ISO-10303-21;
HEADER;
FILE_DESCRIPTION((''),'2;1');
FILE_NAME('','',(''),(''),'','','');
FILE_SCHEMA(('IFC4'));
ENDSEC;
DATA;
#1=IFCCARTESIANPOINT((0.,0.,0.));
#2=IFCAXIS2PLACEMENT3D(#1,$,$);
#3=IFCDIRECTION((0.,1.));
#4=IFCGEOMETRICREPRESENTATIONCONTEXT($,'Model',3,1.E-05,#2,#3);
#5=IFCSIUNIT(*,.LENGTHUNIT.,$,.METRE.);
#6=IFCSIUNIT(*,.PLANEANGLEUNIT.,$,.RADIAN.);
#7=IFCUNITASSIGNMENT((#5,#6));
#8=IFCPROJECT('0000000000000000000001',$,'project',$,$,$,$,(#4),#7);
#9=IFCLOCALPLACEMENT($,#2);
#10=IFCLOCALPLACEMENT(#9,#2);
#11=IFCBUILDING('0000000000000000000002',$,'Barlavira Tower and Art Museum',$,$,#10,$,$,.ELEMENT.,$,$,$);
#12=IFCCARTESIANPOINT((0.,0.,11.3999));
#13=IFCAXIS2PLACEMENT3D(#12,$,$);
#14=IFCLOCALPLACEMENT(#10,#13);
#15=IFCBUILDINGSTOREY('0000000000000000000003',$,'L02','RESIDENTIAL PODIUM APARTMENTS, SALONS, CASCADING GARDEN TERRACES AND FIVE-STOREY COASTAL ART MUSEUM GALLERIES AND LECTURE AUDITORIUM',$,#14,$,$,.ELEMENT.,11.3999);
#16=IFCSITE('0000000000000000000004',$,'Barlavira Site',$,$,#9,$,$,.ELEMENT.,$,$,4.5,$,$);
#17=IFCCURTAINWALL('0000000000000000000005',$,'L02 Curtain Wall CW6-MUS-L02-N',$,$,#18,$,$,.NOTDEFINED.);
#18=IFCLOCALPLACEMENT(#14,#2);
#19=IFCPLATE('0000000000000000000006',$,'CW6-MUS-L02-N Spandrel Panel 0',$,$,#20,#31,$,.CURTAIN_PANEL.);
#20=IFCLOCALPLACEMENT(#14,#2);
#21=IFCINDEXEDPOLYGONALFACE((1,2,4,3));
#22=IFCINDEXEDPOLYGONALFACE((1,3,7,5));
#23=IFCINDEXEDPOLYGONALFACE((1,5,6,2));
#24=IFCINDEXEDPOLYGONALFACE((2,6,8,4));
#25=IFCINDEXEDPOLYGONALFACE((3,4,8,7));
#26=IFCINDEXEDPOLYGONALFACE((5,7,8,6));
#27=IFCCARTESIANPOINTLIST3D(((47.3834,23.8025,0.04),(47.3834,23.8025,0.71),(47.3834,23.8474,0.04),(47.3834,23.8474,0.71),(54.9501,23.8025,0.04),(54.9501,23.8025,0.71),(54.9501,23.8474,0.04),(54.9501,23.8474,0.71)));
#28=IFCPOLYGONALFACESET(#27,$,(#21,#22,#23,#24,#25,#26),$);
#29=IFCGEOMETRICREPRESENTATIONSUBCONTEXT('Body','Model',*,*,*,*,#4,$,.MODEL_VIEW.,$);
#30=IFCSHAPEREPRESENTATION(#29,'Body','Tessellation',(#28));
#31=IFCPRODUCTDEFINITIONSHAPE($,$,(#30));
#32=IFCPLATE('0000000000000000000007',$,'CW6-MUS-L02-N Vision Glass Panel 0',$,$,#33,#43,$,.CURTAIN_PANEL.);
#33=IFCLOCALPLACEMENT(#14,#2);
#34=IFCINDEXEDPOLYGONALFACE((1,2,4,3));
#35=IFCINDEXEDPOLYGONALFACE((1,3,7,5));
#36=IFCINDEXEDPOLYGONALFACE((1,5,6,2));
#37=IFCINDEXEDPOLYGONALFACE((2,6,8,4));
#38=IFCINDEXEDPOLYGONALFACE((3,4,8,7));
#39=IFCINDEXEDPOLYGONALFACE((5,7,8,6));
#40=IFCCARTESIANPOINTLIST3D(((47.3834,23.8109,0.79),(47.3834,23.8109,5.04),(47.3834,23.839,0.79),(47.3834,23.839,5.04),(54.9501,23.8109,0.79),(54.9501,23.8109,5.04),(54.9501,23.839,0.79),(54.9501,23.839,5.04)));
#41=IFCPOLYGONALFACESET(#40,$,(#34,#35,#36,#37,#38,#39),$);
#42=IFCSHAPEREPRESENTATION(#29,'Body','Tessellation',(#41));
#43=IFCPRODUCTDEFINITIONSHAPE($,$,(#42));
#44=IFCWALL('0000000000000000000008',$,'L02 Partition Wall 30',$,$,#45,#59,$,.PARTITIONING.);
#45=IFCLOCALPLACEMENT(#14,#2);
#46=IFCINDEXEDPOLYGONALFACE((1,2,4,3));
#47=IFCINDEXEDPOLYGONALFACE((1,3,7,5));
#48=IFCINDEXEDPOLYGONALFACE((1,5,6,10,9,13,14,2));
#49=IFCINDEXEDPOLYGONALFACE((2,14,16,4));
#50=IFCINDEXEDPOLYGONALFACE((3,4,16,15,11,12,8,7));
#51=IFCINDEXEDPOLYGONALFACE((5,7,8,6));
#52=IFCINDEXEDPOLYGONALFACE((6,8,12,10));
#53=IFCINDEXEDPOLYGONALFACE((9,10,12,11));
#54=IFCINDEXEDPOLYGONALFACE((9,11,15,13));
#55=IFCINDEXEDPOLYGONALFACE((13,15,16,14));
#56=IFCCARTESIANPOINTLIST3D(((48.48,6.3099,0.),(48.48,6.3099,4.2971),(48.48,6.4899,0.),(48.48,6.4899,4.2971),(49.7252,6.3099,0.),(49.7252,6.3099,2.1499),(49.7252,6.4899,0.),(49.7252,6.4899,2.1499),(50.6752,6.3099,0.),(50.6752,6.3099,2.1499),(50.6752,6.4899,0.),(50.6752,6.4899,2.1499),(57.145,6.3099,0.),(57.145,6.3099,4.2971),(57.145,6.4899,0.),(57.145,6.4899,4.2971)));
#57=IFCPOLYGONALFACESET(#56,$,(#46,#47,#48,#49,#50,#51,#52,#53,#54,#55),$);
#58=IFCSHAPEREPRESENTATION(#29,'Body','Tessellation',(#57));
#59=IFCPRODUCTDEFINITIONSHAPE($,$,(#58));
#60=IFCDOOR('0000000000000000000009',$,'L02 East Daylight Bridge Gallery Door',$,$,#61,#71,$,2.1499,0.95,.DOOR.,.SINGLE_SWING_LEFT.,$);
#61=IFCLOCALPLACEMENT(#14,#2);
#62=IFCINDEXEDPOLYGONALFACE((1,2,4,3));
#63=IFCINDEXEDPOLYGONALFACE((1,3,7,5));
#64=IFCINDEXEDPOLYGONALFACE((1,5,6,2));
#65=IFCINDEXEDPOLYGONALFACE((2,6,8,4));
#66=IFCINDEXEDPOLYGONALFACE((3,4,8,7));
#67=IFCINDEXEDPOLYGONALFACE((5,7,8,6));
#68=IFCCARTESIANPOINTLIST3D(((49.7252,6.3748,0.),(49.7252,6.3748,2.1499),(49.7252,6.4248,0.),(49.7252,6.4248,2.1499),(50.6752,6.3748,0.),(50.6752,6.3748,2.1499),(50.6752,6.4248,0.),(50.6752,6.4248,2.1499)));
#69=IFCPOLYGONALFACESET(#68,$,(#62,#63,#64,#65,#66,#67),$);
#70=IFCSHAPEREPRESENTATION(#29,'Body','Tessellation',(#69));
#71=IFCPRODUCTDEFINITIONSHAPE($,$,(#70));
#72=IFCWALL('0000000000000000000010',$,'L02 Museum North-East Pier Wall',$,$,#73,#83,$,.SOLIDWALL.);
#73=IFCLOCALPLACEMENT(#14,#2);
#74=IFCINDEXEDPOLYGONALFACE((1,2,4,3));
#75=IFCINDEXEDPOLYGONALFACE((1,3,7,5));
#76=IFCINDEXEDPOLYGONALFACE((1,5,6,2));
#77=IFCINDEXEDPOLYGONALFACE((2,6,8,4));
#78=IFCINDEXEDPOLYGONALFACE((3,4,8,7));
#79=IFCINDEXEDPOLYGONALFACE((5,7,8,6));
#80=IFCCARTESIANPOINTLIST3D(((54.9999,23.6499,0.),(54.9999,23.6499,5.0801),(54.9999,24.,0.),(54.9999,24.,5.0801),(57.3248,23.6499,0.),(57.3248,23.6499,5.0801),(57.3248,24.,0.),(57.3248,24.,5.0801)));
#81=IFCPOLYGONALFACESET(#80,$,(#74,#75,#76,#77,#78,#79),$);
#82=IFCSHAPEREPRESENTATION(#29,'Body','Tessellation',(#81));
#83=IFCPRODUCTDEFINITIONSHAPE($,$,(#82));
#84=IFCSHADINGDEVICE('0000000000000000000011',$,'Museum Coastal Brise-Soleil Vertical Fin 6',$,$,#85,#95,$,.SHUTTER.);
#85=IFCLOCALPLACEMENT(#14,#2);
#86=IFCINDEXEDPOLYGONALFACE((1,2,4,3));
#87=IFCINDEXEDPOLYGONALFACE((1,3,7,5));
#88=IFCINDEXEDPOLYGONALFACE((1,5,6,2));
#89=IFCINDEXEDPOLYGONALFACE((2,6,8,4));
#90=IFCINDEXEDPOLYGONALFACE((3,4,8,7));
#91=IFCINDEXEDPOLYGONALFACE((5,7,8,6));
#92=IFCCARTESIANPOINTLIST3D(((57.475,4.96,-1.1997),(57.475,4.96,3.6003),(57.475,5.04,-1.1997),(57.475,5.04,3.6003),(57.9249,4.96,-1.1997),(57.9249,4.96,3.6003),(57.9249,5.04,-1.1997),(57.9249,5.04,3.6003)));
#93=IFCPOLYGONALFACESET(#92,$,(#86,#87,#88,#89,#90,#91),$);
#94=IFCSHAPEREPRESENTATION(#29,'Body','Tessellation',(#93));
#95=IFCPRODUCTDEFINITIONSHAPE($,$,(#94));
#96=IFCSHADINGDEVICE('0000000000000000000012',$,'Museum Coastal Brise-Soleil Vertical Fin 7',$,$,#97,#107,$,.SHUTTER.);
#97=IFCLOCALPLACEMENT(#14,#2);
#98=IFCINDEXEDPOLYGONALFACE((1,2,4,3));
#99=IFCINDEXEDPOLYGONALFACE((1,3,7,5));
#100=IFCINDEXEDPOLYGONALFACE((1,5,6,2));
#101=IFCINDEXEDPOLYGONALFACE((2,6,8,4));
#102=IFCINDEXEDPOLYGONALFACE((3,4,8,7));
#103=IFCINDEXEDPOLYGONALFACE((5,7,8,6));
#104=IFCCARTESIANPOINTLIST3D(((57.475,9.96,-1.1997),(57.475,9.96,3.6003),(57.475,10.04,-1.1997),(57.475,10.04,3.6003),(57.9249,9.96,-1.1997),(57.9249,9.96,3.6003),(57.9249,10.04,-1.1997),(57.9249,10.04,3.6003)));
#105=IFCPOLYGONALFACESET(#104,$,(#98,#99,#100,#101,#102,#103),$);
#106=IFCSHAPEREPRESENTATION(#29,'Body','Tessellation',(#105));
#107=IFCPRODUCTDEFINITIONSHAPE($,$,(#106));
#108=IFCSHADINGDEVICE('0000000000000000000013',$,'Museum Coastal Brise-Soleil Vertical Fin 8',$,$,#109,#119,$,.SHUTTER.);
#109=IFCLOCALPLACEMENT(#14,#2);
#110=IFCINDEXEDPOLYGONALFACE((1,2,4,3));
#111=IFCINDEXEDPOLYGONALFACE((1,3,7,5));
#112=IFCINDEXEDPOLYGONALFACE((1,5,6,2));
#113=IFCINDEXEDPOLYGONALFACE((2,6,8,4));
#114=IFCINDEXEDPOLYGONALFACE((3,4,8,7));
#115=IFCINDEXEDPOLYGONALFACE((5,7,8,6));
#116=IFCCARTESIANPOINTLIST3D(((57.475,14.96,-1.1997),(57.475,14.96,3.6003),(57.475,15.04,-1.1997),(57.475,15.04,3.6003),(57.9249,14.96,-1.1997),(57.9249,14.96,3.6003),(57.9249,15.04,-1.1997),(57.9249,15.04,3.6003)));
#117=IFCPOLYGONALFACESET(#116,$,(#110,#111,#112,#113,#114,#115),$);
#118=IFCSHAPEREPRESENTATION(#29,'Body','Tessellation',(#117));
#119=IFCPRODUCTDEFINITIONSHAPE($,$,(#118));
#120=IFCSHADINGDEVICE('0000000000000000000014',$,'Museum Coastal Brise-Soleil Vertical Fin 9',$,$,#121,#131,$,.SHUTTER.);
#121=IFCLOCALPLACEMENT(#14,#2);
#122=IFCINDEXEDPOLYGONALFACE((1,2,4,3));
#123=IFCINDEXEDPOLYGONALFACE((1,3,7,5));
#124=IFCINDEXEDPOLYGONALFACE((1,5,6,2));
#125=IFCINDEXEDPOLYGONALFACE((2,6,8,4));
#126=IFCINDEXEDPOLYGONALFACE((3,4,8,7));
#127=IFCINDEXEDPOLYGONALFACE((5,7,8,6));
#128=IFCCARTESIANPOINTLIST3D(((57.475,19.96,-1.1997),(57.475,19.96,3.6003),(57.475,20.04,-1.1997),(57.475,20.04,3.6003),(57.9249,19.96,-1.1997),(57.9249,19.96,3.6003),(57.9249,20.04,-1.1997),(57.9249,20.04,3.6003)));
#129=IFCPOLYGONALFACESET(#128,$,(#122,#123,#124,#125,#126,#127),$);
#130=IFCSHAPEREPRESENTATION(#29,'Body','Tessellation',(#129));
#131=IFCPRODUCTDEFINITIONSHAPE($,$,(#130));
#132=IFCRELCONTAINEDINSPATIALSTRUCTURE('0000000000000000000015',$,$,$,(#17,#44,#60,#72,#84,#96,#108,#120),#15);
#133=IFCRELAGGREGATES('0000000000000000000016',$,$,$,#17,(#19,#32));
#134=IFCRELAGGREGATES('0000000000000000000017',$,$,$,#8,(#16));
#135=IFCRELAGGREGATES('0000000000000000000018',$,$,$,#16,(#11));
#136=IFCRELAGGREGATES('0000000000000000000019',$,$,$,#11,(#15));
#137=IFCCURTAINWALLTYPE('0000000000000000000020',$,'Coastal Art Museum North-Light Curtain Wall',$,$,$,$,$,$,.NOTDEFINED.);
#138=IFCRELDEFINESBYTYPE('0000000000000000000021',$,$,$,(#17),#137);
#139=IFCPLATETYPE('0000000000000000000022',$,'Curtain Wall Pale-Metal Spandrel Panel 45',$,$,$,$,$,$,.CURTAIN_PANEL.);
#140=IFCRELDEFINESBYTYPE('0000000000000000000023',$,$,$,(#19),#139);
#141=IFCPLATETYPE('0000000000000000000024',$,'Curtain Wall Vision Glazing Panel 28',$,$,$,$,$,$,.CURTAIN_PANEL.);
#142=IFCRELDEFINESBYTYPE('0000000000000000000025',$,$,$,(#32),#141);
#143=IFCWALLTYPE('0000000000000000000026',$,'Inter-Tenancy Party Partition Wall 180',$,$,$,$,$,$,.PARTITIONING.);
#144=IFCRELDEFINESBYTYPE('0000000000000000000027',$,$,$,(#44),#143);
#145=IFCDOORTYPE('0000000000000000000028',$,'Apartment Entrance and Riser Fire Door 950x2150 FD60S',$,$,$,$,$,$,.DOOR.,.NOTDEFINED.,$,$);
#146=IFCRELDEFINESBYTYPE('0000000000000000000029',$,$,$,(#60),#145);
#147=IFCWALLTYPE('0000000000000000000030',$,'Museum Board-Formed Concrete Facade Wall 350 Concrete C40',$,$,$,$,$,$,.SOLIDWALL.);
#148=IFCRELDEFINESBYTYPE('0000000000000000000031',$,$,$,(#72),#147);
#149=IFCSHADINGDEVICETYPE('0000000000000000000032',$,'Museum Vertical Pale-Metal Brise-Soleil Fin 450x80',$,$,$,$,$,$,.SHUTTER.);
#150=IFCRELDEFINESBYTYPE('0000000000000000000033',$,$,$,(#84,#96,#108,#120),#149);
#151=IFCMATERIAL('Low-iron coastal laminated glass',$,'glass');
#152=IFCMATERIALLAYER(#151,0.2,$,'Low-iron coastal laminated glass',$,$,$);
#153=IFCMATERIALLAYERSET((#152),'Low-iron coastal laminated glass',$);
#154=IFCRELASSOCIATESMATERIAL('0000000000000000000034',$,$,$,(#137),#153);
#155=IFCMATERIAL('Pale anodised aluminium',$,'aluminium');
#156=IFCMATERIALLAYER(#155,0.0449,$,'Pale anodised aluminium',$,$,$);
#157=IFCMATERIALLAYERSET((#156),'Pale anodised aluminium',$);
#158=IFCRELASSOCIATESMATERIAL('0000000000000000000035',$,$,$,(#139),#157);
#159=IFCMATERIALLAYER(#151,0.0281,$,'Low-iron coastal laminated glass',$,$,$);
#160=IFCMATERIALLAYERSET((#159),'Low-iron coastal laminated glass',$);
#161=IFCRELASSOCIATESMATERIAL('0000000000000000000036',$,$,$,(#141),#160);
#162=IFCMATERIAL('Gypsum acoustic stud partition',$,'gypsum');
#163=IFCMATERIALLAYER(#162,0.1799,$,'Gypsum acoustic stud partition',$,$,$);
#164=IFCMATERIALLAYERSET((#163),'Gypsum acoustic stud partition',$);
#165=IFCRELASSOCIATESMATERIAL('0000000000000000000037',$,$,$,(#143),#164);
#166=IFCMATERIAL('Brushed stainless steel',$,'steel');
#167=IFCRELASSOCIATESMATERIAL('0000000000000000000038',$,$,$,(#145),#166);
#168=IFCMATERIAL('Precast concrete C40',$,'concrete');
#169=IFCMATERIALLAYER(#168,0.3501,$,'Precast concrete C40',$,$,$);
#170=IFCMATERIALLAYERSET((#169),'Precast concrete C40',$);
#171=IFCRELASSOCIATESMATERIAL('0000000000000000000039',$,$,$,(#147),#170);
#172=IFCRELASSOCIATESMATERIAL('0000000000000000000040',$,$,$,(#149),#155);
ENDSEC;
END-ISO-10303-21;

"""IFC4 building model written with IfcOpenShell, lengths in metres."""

from ifc_helpers import new_model, si_unit, direction, frame, frame_2d, origin, origin_2d, place, context, subcontext, project, spatial, rectangle, extrude, material, layer, layer_set, type_object, element, fill, aggregate, save


model = new_model("IFC4")

# Units and contexts
model_context = context("Model", 3, precision=1e-05, world=origin(), true_north=direction((0.0, 1.0)))
body_context = subcontext(model_context, "Body", "Model", "MODEL_VIEW")
ifc_project = project(units=[si_unit("LENGTHUNIT", "METRE"), si_unit("PLANEANGLEUNIT", "RADIAN")], contexts=[model_context])

# Site, building, storey
site_placement = place(None, origin())
site = spatial("IfcSite", under=ifc_project, at=site_placement, Name="Barlavira Site", CompositionType="ELEMENT", RefElevation=4.5)
building_placement = place(site_placement, origin())
building = spatial("IfcBuilding", under=site, at=building_placement, Name="Barlavira Tower and Art Museum", CompositionType="ELEMENT")
storey_placement = place(building_placement, frame((0.0, 0.0, 11.3999)))
storey = spatial("IfcBuildingStorey", under=building, at=storey_placement, Name="L02", Description="RESIDENTIAL PODIUM APARTMENTS, SALONS, CASCADING GARDEN TERRACES AND FIVE-STOREY COASTAL ART MUSEUM GALLERIES AND LECTURE AUDITORIUM", CompositionType="ELEMENT", Elevation=11.3999)

# Curtain wall
ifc_material_1 = material(Name="Low-iron coastal laminated glass", Category="glass")
ifc_layer_1 = layer(ifc_material_1, 0.2, Name="Low-iron coastal laminated glass")
ifc_layer_set_1 = layer_set([ifc_layer_1], Name="Low-iron coastal laminated glass")
curtain_wall_type = type_object("IfcCurtainWallType", Name="Coastal Art Museum North-Light Curtain Wall", PredefinedType="NOTDEFINED", material=ifc_layer_set_1)
curtain_wall_placement = place(storey_placement, origin())
curtain_wall = element("IfcCurtainWall", 1, at=curtain_wall_placement, inside=storey, type_object=curtain_wall_type, Name="L02 Curtain Wall CW6-MUS-L02-N", PredefinedType="NOTDEFINED")
ifc_material_2 = material(Name="Pale anodised aluminium", Category="aluminium")

# Plates
ifc_layer_2 = layer(ifc_material_2, 0.0449, Name="Pale anodised aluminium")
ifc_layer_set_2 = layer_set([ifc_layer_2], Name="Pale anodised aluminium")
plate_type_1 = type_object("IfcPlateType", Name="Curtain Wall Pale-Metal Spandrel Panel 45", PredefinedType="CURTAIN_PANEL", material=ifc_layer_set_2)
plate_1_placement = place(storey_placement, frame((51.1667, 23.825, 0.04), z_axis=(0.0, 0.0, 1.0), x_axis=(-1.0, 0.0, 0.0)))
plate_1 = element("IfcPlate", 2, at=plate_1_placement, type_object=plate_type_1, Name="CW6-MUS-L02-N Spandrel Panel 0", PredefinedType="CURTAIN_PANEL", context=body_context, shape_type="SweptSolid", body=[
    extrude(rectangle(XDim=7.5667, YDim=0.0449, at=origin_2d()), origin(), (0.0, 0.0, 1.0), 0.6699),
])
ifc_layer_3 = layer(ifc_material_1, 0.0281, Name="Low-iron coastal laminated glass")
ifc_layer_set_3 = layer_set([ifc_layer_3], Name="Low-iron coastal laminated glass")
plate_type_2 = type_object("IfcPlateType", Name="Curtain Wall Vision Glazing Panel 28", PredefinedType="CURTAIN_PANEL", material=ifc_layer_set_3)
plate_2_placement = place(storey_placement, frame((51.1667, 23.825, 0.79), z_axis=(0.0, 0.0, 1.0), x_axis=(-1.0, 0.0, 0.0)))
plate_2 = element("IfcPlate", 3, at=plate_2_placement, type_object=plate_type_2, Name="CW6-MUS-L02-N Vision Glass Panel 0", PredefinedType="CURTAIN_PANEL", context=body_context, shape_type="SweptSolid", body=[
    extrude(rectangle(XDim=7.5667, YDim=0.0281, at=origin_2d()), origin(), (0.0, 0.0, 1.0), 4.25),
])
aggregate(curtain_wall, [plate_1, plate_2])

# Wall, opening, door
ifc_material_3 = material(Name="Gypsum acoustic stud partition", Category="gypsum")
ifc_layer_4 = layer(ifc_material_3, 0.1799, Name="Gypsum acoustic stud partition")
ifc_layer_set_4 = layer_set([ifc_layer_4], Name="Gypsum acoustic stud partition")
wall_type_1 = type_object("IfcWallType", Name="Inter-Tenancy Party Partition Wall 180", PredefinedType="PARTITIONING", material=ifc_layer_set_4)
wall_1_placement = place(storey_placement, frame((48.48, 6.3999, 0.0), z_axis=(0.0, 0.0, 1.0), x_axis=(1.0, 0.0, 0.0)))
wall_1 = element("IfcWall", 4, at=wall_1_placement, inside=storey, type_object=wall_type_1, Name="L02 Partition Wall 30", PredefinedType="PARTITIONING", context=body_context, shape_type="SweptSolid", body=[
    extrude(rectangle(XDim=8.665, YDim=0.1799, at=frame_2d((4.3325, 0.0))), origin(), (0.0, 0.0, 1.0), 4.2971),
])
opening_placement = place(wall_1_placement, frame((1.2451, 0.0, 0.0)))
opening = element("IfcOpeningElement", 5, at=opening_placement, cuts=wall_1, PredefinedType="OPENING", context=body_context, shape_type="SweptSolid", body=[
    extrude(rectangle(XDim=0.95, YDim=2.1499, at=frame_2d((0.4751, 1.075))), frame((0.0, 0.1001, 0.0), z_axis=(0.0, -1.0, 0.0), x_axis=(1.0, 0.0, 0.0)), (0.0, 0.0, 1.0), 0.2),
])
ifc_material_4 = material(Name="Brushed stainless steel", Category="steel")
door_type = type_object("IfcDoorType", Name="Apartment Entrance and Riser Fire Door 950x2150 FD60S", OperationType="NOTDEFINED", PredefinedType="DOOR", material=ifc_material_4)
door_placement = place(opening_placement, origin())
door = element("IfcDoor", 6, at=door_placement, inside=storey, type_object=door_type, Name="L02 East Daylight Bridge Gallery Door", OperationType="SINGLE_SWING_LEFT", OverallHeight=2.1499, OverallWidth=0.95, PredefinedType="DOOR", context=body_context, shape_type="SweptSolid", body=[
    extrude(rectangle(XDim=0.95, YDim=2.1499, at=frame_2d((0.4751, 1.075))), frame((0.0, 0.0249, 0.0), z_axis=(0.0, -1.0, 0.0), x_axis=(1.0, 0.0, 0.0)), (0.0, 0.0, 1.0), 0.05),
])
fill(opening, door)

# Wall
ifc_material_5 = material(Name="Precast concrete C40", Category="concrete")
ifc_layer_5 = layer(ifc_material_5, 0.3501, Name="Precast concrete C40")
ifc_layer_set_5 = layer_set([ifc_layer_5], Name="Precast concrete C40")
wall_type_2 = type_object("IfcWallType", Name="Museum Board-Formed Concrete Facade Wall 350 Concrete C40", PredefinedType="SOLIDWALL", material=ifc_layer_set_5)
wall_2_placement = place(storey_placement, frame((57.325, 23.825, 0.0), z_axis=(0.0, 0.0, 1.0), x_axis=(-1.0, 0.0, 0.0)))
element("IfcWall", 7, at=wall_2_placement, inside=storey, type_object=wall_type_2, Name="L02 Museum North-East Pier Wall", PredefinedType="SOLIDWALL", context=body_context, shape_type="SweptSolid", body=[
    extrude(rectangle(XDim=2.325, YDim=0.3501, at=frame_2d((1.1626, 0.0))), origin(), (0.0, 0.0, 1.0), 5.0801),
])

# Shading devices
shading_device_type = type_object("IfcShadingDeviceType", Name="Museum Vertical Pale-Metal Brise-Soleil Fin 450x80", PredefinedType="SHUTTER", material=ifc_material_2)
for number, where, z_axis, x_axis, name in (
    (8, (57.7, 5.0, -1.1997), (0.0, 0.0, 1.0), (1.0, 0.0, 0.0), "Museum Coastal Brise-Soleil Vertical Fin 6"),
    (9, (57.7, 10.0, -1.1997), (0.0, 0.0, 1.0), (1.0, 0.0, 0.0), "Museum Coastal Brise-Soleil Vertical Fin 7"),
    (10, (57.7, 15.0, -1.1997), (0.0, 0.0, 1.0), (1.0, 0.0, 0.0), "Museum Coastal Brise-Soleil Vertical Fin 8"),
    (11, (57.7, 20.0, -1.1997), (0.0, 0.0, 1.0), (1.0, 0.0, 0.0), "Museum Coastal Brise-Soleil Vertical Fin 9"),
):
    element("IfcShadingDevice", number, at=place(storey_placement, frame(where, z_axis=z_axis, x_axis=x_axis)), inside=storey, type_object=shading_device_type, Name=name, PredefinedType="SHUTTER", context=body_context, shape_type="SweptSolid", body=[
        extrude(rectangle(XDim=0.45, YDim=0.0801, at=origin_2d()), origin(), (0.0, 0.0, 1.0), 4.8),
    ])

save(model, "model.ifc")
